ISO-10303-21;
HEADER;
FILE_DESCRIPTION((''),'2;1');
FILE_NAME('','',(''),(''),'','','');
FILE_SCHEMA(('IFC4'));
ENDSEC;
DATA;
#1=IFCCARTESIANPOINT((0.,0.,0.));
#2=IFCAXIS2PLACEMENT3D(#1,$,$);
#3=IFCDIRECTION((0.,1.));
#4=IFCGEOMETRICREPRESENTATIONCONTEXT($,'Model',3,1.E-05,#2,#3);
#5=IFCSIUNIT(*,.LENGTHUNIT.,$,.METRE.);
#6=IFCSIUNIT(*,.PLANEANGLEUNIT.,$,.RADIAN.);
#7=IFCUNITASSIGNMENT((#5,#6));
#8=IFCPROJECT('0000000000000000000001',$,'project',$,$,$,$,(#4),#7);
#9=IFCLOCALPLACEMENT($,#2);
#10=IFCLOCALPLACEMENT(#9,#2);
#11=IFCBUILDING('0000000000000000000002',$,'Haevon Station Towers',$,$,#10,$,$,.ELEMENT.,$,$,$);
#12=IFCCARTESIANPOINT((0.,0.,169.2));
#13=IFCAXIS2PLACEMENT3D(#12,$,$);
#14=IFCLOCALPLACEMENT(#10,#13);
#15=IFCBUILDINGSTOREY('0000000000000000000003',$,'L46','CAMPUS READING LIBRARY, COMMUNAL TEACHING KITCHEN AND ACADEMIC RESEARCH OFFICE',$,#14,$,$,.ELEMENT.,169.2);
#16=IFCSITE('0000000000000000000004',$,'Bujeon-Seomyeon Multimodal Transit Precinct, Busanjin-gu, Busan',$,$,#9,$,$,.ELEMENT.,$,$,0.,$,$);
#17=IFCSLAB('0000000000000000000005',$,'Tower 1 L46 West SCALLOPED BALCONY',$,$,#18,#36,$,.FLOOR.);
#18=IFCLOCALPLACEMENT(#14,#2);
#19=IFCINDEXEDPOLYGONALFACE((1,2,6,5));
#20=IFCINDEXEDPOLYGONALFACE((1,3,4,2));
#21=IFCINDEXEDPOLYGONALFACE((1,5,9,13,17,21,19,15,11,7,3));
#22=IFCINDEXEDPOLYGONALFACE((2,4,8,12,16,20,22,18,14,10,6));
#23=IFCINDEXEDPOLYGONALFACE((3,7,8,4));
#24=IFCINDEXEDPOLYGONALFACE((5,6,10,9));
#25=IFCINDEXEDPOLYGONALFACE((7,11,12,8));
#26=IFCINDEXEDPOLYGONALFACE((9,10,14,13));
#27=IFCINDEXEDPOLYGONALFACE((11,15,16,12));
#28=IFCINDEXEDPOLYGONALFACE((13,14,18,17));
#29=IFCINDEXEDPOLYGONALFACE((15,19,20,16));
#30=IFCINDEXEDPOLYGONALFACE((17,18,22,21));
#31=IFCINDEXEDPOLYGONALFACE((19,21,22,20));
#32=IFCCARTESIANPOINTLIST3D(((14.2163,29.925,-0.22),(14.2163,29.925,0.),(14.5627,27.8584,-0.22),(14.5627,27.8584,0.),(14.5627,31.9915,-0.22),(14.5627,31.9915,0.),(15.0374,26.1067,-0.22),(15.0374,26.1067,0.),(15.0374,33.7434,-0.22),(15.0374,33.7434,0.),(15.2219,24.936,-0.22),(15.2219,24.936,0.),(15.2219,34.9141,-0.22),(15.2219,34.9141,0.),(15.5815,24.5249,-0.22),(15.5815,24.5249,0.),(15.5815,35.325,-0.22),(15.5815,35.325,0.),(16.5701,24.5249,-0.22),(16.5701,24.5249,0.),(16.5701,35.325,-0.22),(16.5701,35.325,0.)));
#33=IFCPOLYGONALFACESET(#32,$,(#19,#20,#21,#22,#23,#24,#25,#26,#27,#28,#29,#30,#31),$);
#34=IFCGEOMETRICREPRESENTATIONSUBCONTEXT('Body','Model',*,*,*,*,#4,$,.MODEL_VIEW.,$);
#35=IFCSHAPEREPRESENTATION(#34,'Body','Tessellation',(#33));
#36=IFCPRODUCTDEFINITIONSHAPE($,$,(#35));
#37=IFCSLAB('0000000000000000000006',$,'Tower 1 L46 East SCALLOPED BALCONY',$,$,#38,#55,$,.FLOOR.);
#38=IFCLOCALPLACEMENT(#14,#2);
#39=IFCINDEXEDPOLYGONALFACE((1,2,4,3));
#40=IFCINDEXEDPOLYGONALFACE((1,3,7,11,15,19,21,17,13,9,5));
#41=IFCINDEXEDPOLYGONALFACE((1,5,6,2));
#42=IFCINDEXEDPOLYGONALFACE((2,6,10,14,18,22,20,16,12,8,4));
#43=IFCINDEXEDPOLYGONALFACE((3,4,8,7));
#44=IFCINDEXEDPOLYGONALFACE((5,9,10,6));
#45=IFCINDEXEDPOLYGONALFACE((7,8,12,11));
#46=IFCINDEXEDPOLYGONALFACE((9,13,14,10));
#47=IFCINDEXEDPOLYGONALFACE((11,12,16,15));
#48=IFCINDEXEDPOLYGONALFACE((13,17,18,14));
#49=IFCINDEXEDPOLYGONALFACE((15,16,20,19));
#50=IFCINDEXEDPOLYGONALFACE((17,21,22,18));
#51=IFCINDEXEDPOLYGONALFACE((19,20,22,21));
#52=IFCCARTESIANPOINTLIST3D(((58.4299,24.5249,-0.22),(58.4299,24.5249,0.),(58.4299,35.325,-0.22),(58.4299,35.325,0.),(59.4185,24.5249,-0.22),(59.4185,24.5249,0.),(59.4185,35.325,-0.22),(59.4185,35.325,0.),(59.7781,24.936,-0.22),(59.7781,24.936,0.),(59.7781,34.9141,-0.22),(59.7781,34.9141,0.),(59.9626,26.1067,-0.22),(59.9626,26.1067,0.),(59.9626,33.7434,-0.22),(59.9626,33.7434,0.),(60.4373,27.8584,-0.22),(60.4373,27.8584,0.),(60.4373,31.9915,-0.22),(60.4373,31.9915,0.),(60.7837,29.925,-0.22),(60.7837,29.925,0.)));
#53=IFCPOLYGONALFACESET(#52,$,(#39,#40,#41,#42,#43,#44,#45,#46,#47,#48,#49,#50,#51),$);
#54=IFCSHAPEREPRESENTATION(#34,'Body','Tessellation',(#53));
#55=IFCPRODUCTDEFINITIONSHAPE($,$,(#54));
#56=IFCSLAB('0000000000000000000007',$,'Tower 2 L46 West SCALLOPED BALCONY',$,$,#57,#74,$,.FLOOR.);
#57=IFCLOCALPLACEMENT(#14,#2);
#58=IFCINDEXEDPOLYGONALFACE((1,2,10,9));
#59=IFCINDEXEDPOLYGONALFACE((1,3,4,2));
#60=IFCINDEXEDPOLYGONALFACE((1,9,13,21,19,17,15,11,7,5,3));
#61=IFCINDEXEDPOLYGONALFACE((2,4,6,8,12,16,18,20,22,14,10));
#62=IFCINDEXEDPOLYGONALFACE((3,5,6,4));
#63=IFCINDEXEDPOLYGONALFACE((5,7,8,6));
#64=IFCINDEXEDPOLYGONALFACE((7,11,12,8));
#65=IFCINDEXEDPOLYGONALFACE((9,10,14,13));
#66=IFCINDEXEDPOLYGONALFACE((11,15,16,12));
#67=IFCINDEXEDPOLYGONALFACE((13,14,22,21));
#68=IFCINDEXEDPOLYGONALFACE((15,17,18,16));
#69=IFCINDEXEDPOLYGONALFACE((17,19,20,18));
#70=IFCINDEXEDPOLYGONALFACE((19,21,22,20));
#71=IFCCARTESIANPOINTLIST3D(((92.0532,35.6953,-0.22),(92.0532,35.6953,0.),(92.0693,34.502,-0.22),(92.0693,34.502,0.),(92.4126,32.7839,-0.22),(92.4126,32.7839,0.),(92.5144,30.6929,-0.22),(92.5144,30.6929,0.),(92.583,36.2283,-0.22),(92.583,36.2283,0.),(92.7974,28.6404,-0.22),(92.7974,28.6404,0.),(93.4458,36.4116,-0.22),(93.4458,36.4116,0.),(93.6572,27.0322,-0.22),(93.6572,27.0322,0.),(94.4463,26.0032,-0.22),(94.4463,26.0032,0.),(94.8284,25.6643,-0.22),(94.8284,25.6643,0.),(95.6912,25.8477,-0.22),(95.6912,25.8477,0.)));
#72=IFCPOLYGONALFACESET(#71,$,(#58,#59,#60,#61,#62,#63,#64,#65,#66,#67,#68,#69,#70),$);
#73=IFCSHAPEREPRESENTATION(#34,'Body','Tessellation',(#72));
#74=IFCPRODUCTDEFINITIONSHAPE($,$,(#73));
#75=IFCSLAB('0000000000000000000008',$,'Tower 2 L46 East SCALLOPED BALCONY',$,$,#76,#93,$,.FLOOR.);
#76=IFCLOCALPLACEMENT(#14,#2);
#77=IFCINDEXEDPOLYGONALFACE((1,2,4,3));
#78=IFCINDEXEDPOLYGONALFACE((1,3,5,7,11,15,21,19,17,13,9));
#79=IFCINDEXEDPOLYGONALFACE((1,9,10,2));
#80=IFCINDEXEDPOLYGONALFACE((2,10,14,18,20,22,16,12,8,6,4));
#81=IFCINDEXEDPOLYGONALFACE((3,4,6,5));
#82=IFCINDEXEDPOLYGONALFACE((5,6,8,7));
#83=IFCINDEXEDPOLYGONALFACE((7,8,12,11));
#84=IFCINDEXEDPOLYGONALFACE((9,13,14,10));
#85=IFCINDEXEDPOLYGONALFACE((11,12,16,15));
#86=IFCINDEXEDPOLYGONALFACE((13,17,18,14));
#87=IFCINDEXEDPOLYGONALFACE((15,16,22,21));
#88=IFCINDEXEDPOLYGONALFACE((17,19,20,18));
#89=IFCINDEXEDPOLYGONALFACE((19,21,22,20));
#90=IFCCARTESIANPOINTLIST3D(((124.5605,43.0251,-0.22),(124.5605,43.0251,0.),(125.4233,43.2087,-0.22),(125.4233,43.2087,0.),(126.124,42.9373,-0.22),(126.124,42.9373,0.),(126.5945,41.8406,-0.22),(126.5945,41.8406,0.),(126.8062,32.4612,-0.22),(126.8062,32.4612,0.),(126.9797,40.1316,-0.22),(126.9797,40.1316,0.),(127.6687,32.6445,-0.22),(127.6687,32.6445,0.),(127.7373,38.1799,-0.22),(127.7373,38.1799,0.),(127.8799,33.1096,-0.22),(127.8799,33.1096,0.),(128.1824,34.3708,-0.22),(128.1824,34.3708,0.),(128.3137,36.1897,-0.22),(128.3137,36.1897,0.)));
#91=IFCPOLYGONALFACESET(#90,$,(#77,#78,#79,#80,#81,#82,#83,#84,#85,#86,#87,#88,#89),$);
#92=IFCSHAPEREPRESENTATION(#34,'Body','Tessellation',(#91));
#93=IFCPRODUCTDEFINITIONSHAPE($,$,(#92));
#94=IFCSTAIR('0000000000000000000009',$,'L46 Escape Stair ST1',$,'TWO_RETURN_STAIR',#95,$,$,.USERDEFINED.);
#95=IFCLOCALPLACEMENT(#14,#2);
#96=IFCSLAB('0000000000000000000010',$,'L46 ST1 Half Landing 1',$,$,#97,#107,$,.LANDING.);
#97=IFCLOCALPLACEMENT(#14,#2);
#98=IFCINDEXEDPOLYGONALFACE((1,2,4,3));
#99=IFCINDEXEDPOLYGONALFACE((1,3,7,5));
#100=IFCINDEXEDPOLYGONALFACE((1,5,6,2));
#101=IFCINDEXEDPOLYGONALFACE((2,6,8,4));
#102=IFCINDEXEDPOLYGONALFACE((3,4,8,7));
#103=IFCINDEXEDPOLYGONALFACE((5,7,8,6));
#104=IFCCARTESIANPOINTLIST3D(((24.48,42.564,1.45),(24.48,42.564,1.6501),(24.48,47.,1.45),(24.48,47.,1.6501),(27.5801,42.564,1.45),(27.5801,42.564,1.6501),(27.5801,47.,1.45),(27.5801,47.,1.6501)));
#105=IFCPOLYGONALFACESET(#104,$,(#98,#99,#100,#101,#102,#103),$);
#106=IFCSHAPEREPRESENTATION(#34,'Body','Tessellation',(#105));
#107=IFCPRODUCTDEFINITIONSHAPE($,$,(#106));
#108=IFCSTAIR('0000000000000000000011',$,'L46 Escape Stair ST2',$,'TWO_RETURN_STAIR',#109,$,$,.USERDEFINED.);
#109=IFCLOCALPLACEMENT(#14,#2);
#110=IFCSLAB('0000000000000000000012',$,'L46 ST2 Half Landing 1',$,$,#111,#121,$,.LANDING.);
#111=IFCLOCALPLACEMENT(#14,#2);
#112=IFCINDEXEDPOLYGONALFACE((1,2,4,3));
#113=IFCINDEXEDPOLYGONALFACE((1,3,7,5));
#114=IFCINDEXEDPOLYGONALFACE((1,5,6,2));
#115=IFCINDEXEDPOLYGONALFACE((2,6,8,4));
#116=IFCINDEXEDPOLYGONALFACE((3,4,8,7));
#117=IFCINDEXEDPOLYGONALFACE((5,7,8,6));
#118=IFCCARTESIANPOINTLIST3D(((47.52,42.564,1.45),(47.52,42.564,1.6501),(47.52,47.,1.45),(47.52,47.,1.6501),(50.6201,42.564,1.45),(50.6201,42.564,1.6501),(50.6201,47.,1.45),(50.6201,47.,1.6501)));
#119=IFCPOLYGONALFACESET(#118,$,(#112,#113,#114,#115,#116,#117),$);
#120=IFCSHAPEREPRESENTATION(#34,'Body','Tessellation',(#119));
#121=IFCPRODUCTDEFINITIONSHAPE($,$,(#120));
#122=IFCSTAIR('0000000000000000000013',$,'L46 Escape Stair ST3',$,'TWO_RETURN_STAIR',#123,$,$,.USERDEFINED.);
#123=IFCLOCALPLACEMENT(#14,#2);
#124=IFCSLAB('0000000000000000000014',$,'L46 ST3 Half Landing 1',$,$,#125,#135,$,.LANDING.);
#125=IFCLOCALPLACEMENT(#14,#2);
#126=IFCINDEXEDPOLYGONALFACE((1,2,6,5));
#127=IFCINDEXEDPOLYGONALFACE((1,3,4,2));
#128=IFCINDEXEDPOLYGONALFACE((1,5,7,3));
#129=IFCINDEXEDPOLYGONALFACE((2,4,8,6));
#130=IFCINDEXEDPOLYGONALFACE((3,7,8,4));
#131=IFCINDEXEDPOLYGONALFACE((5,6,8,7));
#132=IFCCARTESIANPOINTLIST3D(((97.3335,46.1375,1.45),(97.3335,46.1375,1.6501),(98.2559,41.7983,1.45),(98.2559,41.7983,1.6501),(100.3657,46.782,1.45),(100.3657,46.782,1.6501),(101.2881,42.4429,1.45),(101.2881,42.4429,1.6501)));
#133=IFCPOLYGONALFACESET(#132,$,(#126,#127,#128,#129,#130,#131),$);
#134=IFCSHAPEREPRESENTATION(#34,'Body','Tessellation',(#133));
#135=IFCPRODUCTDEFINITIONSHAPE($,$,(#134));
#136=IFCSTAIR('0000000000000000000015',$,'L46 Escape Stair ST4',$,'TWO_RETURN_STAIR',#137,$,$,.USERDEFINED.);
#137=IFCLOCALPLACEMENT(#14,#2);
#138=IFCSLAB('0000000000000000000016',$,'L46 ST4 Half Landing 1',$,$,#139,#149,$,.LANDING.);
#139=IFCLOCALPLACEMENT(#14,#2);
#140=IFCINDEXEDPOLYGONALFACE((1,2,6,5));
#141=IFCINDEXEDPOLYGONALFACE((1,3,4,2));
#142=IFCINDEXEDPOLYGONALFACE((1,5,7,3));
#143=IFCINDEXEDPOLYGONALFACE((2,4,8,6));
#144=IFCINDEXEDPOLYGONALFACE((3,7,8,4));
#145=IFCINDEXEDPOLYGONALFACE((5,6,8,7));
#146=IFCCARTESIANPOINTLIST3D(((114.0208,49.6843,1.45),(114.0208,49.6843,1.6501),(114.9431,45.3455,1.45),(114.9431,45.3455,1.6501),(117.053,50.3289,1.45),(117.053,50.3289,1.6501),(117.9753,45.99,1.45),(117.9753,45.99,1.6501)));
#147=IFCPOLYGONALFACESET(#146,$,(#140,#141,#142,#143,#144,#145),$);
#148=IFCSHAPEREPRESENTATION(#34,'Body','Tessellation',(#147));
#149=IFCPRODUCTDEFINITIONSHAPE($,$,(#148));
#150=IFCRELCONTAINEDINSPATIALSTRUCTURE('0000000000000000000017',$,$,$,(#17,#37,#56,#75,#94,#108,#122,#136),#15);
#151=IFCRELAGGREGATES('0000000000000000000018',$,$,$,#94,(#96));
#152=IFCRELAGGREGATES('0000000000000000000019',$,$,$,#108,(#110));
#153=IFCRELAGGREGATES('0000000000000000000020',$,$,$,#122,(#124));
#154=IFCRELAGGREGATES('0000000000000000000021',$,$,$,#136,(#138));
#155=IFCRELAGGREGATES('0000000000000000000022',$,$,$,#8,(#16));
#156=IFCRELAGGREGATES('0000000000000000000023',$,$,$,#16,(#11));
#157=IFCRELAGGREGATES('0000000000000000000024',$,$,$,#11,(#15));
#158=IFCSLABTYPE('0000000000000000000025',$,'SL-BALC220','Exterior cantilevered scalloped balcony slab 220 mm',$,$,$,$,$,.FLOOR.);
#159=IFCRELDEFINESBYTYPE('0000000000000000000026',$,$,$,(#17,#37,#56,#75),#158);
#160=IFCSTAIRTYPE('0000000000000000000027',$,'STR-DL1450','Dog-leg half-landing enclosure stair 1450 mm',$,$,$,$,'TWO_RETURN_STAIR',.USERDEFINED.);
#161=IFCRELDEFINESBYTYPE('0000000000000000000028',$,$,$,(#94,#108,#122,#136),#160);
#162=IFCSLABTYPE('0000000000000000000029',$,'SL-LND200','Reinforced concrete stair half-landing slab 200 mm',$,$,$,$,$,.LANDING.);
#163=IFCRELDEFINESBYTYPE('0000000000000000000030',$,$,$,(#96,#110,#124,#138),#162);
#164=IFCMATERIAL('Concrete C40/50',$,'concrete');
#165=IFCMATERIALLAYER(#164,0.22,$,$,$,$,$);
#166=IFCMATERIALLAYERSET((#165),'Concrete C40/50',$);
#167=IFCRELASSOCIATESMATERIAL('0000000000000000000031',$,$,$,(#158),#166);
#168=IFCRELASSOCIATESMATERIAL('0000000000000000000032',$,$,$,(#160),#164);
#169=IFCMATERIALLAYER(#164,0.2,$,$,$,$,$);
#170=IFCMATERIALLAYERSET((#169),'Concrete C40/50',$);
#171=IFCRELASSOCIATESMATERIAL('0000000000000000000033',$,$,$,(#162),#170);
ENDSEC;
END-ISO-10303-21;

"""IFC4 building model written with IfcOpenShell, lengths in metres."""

from ifc_helpers import new_model, si_unit, direction, frame, origin, place, context, subcontext, project, spatial, polyline, outline, extrude, material, layer, layer_set, type_object, element, aggregate, save


model = new_model("IFC4")

# Units and contexts
model_context = context("Model", 3, precision=1e-05, world=origin(), true_north=direction((0.0, 1.0)))
body_context = subcontext(model_context, "Body", "Model", "MODEL_VIEW")
ifc_project = project(units=[si_unit("LENGTHUNIT", "METRE"), si_unit("PLANEANGLEUNIT", "RADIAN")], contexts=[model_context])

# Site, building, storey
site_placement = place(None, origin())
site = spatial("IfcSite", under=ifc_project, at=site_placement, Name="Bujeon-Seomyeon Multimodal Transit Precinct, Busanjin-gu, Busan", CompositionType="ELEMENT", RefElevation=0.0)
building_placement = place(site_placement, origin())
building = spatial("IfcBuilding", under=site, at=building_placement, Name="Haevon Station Towers", CompositionType="ELEMENT")
storey_placement = place(building_placement, frame((0.0, 0.0, 169.2)))
storey = spatial("IfcBuildingStorey", under=building, at=storey_placement, Name="L46", Description="CAMPUS READING LIBRARY, COMMUNAL TEACHING KITCHEN AND ACADEMIC RESEARCH OFFICE", CompositionType="ELEMENT", Elevation=169.2)

# Slabs
ifc_material_1 = material(Name="Concrete C40/50", Category="concrete")
ifc_layer_1 = layer(ifc_material_1, 0.22)
ifc_layer_set_1 = layer_set([ifc_layer_1], Name="Concrete C40/50")
slab_type_1 = type_object("IfcSlabType", Name="SL-BALC220", Description="Exterior cantilevered scalloped balcony slab 220 mm", PredefinedType="FLOOR", material=ifc_layer_set_1)
slab_1_placement = place(storey_placement, frame((0.0, 0.0, -0.22)))
element("IfcSlab", 1, at=slab_1_placement, inside=storey, type_object=slab_type_1, Name="Tower 1 L46 West SCALLOPED BALCONY", PredefinedType="FLOOR", context=body_context, shape_type="SweptSolid", body=[
    extrude(outline(polyline([(16.5701, 35.325), (15.5815, 35.325), (15.2219, 34.9141), (15.0374, 33.7434), (14.5627, 31.9915), (14.2163, 29.925), (14.5627, 27.8584), (15.0374, 26.1067), (15.2219, 24.936), (15.5815, 24.5249), (16.5701, 24.5249), (16.5701, 35.325)])), origin(), (0.0, 0.0, 1.0), 0.22),
])
slab_2_placement = place(storey_placement, frame((0.0, 0.0, -0.22)))
element("IfcSlab", 2, at=slab_2_placement, inside=storey, type_object=slab_type_1, Name="Tower 1 L46 East SCALLOPED BALCONY", PredefinedType="FLOOR", context=body_context, shape_type="SweptSolid", body=[
    extrude(outline(polyline([(58.4299, 24.5249), (59.4185, 24.5249), (59.7781, 24.936), (59.9626, 26.1067), (60.4373, 27.8584), (60.7837, 29.925), (60.4373, 31.9915), (59.9626, 33.7434), (59.7781, 34.9141), (59.4185, 35.325), (58.4299, 35.325), (58.4299, 24.5249)])), origin(), (0.0, 0.0, 1.0), 0.22),
])
slab_3_placement = place(storey_placement, frame((0.0, 0.0, -0.22)))
element("IfcSlab", 3, at=slab_3_placement, inside=storey, type_object=slab_type_1, Name="Tower 2 L46 West SCALLOPED BALCONY", PredefinedType="FLOOR", context=body_context, shape_type="SweptSolid", body=[
    extrude(outline(polyline([(93.4458, 36.4116), (92.583, 36.2283), (92.0532, 35.6953), (92.0693, 34.502), (92.4126, 32.7839), (92.5144, 30.6929), (92.7974, 28.6404), (93.6572, 27.0322), (94.4463, 26.0032), (94.8284, 25.6643), (95.6912, 25.8477), (93.4458, 36.4116)])), origin(), (0.0, 0.0, 1.0), 0.22),
])
slab_4_placement = place(storey_placement, frame((0.0, 0.0, -0.22)))
element("IfcSlab", 4, at=slab_4_placement, inside=storey, type_object=slab_type_1, Name="Tower 2 L46 East SCALLOPED BALCONY", PredefinedType="FLOOR", context=body_context, shape_type="SweptSolid", body=[
    extrude(outline(polyline([(126.8062, 32.4612), (127.6687, 32.6445), (127.8799, 33.1096), (128.1824, 34.3708), (128.3137, 36.1897), (127.7373, 38.1799), (126.9797, 40.1316), (126.5945, 41.8406), (126.124, 42.9373), (125.4233, 43.2087), (124.5605, 43.0251), (126.8062, 32.4612)])), origin(), (0.0, 0.0, 1.0), 0.22),
])

# Stairs, slabs
stair_type = type_object("IfcStairType", Name="STR-DL1450", Description="Dog-leg half-landing enclosure stair 1450 mm", ElementType="TWO_RETURN_STAIR", PredefinedType="USERDEFINED", material=ifc_material_1)
stair_1_placement = place(storey_placement, origin())
stair_1 = element("IfcStair", 5, at=stair_1_placement, inside=storey, type_object=stair_type, Name="L46 Escape Stair ST1", ObjectType="TWO_RETURN_STAIR", PredefinedType="USERDEFINED")
ifc_layer_2 = layer(ifc_material_1, 0.2)
ifc_layer_set_2 = layer_set([ifc_layer_2], Name="Concrete C40/50")
slab_type_2 = type_object("IfcSlabType", Name="SL-LND200", Description="Reinforced concrete stair half-landing slab 200 mm", PredefinedType="LANDING", material=ifc_layer_set_2)
slab_5_placement = place(storey_placement, frame((0.0, 0.0, 1.45)))
slab_5 = element("IfcSlab", 6, at=slab_5_placement, type_object=slab_type_2, Name="L46 ST1 Half Landing 1", PredefinedType="LANDING", context=body_context, shape_type="SweptSolid", body=[
    extrude(outline(polyline([(27.5801, 42.564), (27.5801, 47.0), (24.48, 47.0), (24.48, 42.564), (27.5801, 42.564)])), origin(), (0.0, 0.0, 1.0), 0.2002),
])
aggregate(stair_1, [slab_5])
stair_2_placement = place(storey_placement, origin())
stair_2 = element("IfcStair", 7, at=stair_2_placement, inside=storey, type_object=stair_type, Name="L46 Escape Stair ST2", ObjectType="TWO_RETURN_STAIR", PredefinedType="USERDEFINED")
slab_6_placement = place(storey_placement, frame((0.0, 0.0, 1.45)))
slab_6 = element("IfcSlab", 8, at=slab_6_placement, type_object=slab_type_2, Name="L46 ST2 Half Landing 1", PredefinedType="LANDING", context=body_context, shape_type="SweptSolid", body=[
    extrude(outline(polyline([(50.6201, 42.564), (50.6201, 47.0), (47.52, 47.0), (47.52, 42.564), (50.6201, 42.564)])), origin(), (0.0, 0.0, 1.0), 0.2002),
])
aggregate(stair_2, [slab_6])
stair_3_placement = place(storey_placement, origin())
stair_3 = element("IfcStair", 9, at=stair_3_placement, inside=storey, type_object=stair_type, Name="L46 Escape Stair ST3", ObjectType="TWO_RETURN_STAIR", PredefinedType="USERDEFINED")
slab_7_placement = place(storey_placement, frame((0.0, 0.0, 1.45)))
slab_7 = element("IfcSlab", 10, at=slab_7_placement, type_object=slab_type_2, Name="L46 ST3 Half Landing 1", PredefinedType="LANDING", context=body_context, shape_type="SweptSolid", body=[
    extrude(outline(polyline([(101.2881, 42.4429), (100.3657, 46.782), (97.3335, 46.1375), (98.2559, 41.7983), (101.2881, 42.4429)])), origin(), (0.0, 0.0, 1.0), 0.2002),
])
aggregate(stair_3, [slab_7])
stair_4_placement = place(storey_placement, origin())
stair_4 = element("IfcStair", 11, at=stair_4_placement, inside=storey, type_object=stair_type, Name="L46 Escape Stair ST4", ObjectType="TWO_RETURN_STAIR", PredefinedType="USERDEFINED")
slab_8_placement = place(storey_placement, frame((0.0, 0.0, 1.45)))
slab_8 = element("IfcSlab", 12, at=slab_8_placement, type_object=slab_type_2, Name="L46 ST4 Half Landing 1", PredefinedType="LANDING", context=body_context, shape_type="SweptSolid", body=[
    extrude(outline(polyline([(117.9753, 45.99), (117.053, 50.3289), (114.0208, 49.6843), (114.9431, 45.3455), (117.9753, 45.99)])), origin(), (0.0, 0.0, 1.0), 0.2002),
])
aggregate(stair_4, [slab_8])

save(model, "model.ifc")
